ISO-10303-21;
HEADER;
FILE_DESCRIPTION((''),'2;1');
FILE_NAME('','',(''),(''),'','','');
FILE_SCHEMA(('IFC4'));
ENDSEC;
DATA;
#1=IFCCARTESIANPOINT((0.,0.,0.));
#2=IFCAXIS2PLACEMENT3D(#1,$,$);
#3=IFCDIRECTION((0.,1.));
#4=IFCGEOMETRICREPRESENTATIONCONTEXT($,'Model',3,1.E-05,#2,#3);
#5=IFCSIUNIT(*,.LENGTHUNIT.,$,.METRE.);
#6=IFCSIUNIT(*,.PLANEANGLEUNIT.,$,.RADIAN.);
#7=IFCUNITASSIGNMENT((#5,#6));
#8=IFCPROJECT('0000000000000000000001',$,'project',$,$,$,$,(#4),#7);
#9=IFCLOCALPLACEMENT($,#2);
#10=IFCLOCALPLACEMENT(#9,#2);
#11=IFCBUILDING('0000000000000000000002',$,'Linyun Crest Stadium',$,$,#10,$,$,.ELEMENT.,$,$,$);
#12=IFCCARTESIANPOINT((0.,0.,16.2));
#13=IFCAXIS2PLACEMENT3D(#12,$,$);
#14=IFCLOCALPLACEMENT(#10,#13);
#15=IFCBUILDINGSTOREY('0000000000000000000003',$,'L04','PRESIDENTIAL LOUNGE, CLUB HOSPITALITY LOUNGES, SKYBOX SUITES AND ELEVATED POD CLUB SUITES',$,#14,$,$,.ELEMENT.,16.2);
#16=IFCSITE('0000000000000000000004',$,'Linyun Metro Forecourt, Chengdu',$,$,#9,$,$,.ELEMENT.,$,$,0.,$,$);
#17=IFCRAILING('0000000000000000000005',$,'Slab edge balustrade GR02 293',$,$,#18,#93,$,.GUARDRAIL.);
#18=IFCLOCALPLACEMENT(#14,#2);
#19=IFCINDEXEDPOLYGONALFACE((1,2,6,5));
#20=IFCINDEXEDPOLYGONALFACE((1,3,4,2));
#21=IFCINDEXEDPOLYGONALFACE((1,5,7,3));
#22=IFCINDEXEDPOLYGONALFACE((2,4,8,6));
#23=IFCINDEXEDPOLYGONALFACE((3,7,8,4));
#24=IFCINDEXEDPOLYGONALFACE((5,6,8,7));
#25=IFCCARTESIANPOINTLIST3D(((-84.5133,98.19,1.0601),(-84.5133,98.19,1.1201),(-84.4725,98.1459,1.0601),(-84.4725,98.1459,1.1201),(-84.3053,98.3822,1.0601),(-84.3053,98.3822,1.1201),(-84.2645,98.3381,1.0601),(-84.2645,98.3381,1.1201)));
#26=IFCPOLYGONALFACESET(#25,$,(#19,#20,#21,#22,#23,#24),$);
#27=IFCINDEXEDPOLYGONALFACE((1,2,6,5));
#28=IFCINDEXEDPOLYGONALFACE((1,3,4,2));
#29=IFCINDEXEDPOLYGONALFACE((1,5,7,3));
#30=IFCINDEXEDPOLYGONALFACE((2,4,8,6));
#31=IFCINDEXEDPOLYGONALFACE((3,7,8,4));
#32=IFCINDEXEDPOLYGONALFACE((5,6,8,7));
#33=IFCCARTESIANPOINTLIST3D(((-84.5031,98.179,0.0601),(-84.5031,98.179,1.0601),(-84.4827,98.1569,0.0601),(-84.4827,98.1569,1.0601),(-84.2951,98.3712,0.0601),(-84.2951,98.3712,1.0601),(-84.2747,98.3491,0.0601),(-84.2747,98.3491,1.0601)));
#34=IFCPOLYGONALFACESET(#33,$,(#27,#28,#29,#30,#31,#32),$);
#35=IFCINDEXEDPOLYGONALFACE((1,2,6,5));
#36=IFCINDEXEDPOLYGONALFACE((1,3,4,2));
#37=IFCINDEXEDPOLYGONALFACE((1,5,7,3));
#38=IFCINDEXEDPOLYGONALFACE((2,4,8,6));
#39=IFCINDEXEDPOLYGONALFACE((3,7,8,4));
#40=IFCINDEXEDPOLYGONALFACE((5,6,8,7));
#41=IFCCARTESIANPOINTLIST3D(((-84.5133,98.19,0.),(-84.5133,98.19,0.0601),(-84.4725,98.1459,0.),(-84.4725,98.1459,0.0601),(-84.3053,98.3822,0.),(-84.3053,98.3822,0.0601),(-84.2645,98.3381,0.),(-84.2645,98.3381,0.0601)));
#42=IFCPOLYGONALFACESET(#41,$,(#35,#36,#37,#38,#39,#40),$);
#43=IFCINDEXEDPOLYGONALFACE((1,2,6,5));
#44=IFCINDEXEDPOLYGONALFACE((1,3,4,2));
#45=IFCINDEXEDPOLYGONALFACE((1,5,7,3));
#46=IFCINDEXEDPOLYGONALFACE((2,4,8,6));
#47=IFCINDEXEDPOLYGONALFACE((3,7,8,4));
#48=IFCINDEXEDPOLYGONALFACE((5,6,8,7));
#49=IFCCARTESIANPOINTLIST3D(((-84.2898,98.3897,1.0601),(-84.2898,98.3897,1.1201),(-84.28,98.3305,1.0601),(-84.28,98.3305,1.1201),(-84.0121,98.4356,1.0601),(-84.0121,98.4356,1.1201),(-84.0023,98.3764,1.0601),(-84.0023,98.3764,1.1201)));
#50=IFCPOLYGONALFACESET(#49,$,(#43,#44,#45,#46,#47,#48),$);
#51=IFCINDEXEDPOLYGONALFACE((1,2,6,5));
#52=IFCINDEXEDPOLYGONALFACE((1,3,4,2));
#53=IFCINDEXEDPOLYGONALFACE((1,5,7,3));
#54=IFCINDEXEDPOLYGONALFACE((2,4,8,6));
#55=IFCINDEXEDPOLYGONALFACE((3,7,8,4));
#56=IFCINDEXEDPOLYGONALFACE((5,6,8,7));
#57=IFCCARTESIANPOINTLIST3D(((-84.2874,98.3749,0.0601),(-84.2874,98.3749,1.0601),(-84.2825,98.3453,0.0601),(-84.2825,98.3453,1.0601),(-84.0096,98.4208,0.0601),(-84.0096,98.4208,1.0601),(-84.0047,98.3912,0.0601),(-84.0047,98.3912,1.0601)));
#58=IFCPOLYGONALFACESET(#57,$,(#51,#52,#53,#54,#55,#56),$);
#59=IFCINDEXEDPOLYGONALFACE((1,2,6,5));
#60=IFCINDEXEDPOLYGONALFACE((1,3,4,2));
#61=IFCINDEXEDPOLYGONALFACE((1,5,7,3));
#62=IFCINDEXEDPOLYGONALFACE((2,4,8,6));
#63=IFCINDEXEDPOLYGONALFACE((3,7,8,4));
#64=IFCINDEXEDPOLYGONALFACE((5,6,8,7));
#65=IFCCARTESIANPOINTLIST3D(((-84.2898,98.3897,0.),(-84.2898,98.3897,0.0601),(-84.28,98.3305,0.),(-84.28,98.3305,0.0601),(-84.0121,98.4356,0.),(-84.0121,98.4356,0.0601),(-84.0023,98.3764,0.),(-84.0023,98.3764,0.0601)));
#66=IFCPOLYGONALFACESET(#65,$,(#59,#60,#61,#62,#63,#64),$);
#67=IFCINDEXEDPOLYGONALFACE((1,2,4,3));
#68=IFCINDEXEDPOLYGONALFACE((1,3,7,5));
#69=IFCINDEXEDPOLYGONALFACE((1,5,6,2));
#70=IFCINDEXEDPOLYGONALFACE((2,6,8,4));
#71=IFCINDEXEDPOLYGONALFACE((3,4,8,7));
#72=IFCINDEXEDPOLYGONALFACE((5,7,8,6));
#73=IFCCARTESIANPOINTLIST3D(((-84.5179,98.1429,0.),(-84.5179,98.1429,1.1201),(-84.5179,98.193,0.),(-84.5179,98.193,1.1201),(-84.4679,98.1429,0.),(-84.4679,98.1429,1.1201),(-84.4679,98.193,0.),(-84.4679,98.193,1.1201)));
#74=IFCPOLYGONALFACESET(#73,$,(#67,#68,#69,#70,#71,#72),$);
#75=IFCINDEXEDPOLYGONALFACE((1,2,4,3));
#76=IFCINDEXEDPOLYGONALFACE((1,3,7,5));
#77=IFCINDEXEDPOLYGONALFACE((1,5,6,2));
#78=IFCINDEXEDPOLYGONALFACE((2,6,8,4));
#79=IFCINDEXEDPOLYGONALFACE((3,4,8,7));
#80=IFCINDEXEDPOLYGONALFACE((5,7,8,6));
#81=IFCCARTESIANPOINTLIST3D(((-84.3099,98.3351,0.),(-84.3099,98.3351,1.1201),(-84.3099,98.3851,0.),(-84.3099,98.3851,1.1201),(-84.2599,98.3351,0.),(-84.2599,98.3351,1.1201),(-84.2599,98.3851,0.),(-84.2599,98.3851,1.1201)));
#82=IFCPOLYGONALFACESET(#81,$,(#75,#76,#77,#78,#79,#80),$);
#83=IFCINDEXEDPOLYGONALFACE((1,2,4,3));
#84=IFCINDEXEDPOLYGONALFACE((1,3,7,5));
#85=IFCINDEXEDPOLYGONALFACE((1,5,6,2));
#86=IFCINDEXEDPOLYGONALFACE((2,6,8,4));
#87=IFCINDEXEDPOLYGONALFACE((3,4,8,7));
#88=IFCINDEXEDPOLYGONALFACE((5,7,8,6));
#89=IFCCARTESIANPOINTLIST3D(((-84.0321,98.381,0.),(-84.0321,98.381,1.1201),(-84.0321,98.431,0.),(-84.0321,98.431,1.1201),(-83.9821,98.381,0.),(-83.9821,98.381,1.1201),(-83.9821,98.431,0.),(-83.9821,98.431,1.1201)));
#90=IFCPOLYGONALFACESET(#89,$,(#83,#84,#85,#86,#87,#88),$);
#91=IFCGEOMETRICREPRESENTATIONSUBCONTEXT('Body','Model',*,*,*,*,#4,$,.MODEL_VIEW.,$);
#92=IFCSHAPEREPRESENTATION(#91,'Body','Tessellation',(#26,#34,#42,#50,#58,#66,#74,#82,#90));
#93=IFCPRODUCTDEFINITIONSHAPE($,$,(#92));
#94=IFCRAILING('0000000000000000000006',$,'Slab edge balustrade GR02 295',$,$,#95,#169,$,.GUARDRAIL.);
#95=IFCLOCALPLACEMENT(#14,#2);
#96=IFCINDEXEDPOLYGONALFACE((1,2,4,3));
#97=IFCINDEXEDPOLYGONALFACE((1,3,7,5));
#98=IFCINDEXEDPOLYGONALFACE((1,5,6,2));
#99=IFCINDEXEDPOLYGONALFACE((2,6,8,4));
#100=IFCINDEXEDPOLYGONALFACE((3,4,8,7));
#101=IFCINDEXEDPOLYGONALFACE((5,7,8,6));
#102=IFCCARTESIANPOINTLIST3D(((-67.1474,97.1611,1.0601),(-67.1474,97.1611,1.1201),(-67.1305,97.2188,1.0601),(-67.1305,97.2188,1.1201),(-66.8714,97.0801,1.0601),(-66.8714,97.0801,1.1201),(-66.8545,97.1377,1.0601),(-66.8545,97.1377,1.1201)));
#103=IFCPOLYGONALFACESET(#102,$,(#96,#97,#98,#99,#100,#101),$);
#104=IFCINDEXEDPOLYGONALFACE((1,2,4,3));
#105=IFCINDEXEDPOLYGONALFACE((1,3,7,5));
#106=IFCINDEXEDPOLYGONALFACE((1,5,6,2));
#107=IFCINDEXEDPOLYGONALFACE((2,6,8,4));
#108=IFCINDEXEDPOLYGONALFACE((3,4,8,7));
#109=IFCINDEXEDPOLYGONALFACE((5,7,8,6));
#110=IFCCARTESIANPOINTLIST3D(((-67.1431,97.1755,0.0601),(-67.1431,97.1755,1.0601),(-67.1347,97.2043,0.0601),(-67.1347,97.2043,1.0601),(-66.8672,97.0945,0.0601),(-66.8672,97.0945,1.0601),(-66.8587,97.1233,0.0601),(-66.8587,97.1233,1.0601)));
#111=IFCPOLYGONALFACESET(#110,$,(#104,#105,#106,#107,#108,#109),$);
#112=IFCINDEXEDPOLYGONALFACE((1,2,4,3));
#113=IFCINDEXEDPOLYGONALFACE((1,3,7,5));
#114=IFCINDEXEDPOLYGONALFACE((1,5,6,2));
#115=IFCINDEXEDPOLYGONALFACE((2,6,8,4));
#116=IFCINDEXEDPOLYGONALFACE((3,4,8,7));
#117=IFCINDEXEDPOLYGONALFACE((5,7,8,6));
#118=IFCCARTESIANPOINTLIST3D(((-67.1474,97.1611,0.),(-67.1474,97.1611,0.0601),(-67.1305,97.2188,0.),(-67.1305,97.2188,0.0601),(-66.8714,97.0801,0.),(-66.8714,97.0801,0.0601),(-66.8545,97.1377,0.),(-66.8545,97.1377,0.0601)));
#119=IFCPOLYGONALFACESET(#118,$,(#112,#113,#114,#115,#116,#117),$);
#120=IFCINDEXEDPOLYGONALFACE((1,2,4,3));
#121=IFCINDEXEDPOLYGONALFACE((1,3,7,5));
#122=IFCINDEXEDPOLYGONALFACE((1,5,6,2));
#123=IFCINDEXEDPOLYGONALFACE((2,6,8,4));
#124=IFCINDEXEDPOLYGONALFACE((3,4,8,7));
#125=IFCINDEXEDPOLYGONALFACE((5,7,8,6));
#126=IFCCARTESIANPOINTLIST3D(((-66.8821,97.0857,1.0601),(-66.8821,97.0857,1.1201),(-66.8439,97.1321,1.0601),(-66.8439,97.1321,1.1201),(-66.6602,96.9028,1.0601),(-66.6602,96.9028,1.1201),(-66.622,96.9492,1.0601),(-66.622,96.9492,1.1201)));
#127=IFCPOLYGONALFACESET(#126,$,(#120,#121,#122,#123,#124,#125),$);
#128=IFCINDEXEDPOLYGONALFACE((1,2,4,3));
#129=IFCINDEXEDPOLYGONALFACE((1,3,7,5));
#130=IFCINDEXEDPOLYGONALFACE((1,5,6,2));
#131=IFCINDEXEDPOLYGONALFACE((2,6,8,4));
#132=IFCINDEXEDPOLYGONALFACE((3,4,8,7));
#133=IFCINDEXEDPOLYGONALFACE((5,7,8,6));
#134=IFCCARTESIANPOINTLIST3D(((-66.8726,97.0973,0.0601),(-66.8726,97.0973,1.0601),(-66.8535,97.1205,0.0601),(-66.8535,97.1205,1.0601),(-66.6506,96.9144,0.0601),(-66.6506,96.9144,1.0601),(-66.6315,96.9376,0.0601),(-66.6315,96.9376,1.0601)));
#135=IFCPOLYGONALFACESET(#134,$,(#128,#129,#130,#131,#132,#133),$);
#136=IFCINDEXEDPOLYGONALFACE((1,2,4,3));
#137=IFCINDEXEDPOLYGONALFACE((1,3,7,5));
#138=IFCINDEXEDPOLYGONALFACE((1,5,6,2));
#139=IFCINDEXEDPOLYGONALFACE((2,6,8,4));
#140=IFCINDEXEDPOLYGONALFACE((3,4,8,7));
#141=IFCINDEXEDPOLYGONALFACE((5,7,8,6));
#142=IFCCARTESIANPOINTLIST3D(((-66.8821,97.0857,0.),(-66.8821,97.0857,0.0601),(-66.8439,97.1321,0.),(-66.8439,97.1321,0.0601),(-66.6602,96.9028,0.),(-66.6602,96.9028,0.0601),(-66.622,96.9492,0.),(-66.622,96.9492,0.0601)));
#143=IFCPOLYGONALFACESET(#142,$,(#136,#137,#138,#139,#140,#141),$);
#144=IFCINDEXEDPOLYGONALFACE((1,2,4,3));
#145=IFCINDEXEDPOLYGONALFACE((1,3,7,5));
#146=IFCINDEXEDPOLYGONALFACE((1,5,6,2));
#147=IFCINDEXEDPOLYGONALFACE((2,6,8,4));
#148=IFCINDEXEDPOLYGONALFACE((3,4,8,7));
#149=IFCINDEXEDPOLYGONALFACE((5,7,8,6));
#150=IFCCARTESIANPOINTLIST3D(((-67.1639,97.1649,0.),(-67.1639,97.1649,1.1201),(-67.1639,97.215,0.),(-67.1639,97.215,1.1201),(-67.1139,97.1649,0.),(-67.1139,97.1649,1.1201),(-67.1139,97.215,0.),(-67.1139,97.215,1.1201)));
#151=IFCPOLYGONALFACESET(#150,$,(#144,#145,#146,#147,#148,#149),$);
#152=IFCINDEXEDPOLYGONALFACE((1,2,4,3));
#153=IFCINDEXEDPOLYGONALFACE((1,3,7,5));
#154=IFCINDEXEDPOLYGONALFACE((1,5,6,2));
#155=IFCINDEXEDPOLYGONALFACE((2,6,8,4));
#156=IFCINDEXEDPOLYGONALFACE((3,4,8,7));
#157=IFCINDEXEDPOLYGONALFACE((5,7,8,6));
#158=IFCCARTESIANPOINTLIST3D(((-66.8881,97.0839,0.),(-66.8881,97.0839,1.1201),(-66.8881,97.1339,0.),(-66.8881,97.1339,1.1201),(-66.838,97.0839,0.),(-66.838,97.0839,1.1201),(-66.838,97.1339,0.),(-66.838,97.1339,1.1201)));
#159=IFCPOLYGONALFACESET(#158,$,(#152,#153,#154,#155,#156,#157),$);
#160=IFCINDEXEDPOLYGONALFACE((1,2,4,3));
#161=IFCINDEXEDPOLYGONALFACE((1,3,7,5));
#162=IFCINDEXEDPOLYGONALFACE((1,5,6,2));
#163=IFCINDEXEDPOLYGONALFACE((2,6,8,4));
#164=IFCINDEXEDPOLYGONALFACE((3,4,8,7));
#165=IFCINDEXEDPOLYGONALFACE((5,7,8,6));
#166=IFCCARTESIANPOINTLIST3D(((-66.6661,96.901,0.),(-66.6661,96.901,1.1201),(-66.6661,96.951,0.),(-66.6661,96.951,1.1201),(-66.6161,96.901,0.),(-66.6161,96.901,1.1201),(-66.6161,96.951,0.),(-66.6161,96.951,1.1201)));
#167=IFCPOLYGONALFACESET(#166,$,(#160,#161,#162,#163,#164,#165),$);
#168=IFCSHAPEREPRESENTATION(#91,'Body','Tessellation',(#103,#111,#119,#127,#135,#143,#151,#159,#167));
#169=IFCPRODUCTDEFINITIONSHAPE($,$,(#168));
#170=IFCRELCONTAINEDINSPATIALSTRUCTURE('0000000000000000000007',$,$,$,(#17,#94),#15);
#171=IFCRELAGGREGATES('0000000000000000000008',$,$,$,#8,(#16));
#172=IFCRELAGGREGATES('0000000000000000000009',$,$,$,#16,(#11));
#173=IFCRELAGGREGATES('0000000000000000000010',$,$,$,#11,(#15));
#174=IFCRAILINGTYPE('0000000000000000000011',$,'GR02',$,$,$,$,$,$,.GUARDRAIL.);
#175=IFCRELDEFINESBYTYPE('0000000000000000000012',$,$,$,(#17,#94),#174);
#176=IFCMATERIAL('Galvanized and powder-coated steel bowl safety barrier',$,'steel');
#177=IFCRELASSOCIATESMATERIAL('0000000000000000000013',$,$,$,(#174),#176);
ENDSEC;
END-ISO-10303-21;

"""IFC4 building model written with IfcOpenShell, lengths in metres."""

from ifc_helpers import new_model, si_unit, direction, frame, origin, origin_2d, place, context, subcontext, project, spatial, rectangle, extrude, material, type_object, element, save


model = new_model("IFC4")

# Units and contexts
model_context = context("Model", 3, precision=1e-05, world=origin(), true_north=direction((0.0, 1.0)))
body_context = subcontext(model_context, "Body", "Model", "MODEL_VIEW")
ifc_project = project(units=[si_unit("LENGTHUNIT", "METRE"), si_unit("PLANEANGLEUNIT", "RADIAN")], contexts=[model_context])

# Site, building, storey
site_placement = place(None, origin())
site = spatial("IfcSite", under=ifc_project, at=site_placement, Name="Linyun Metro Forecourt, Chengdu", CompositionType="ELEMENT", RefElevation=0.0)
building_placement = place(site_placement, origin())
building = spatial("IfcBuilding", under=site, at=building_placement, Name="Linyun Crest Stadium", CompositionType="ELEMENT")
storey_placement = place(building_placement, frame((0.0, 0.0, 16.2)))
storey = spatial("IfcBuildingStorey", under=building, at=storey_placement, Name="L04", Description="PRESIDENTIAL LOUNGE, CLUB HOSPITALITY LOUNGES, SKYBOX SUITES AND ELEVATED POD CLUB SUITES", CompositionType="ELEMENT", Elevation=16.2)

# Railings
ifc_material_1 = material(Name="Galvanized and powder-coated steel bowl safety barrier", Category="steel")
railing_type_1 = type_object("IfcRailingType", Name="GR02", PredefinedType="GUARDRAIL", material=ifc_material_1)
railing_1_placement = place(storey_placement, frame((-84.4929, 98.168, 0.0)))
element("IfcRailing", 1, at=railing_1_placement, inside=storey, type_object=railing_type_1, Name="Slab edge balustrade GR02 293", PredefinedType="GUARDRAIL", context=body_context, shape_type="SweptSolid", body=[
    extrude(rectangle(XDim=0.0601, YDim=0.0601, at=origin_2d()), frame((0.0, 0.0, 1.0901), z_axis=(0.734572, 0.678531, 0.0), x_axis=(-0.678531, 0.734572, 0.0)), (0.0, 0.0, 1.0), 0.2832),
    extrude(rectangle(XDim=0.03, YDim=1.0, at=origin_2d()), frame((0.0, 0.0, 0.5601), z_axis=(0.734572, 0.678531, 0.0), x_axis=(-0.678531, 0.734572, 0.0)), (0.0, 0.0, 1.0), 0.2832),
    extrude(rectangle(XDim=0.0601, YDim=0.0601, at=origin_2d()), frame((0.0, 0.0, 0.03), z_axis=(0.734572, 0.678531, 0.0), x_axis=(-0.678531, 0.734572, 0.0)), (0.0, 0.0, 1.0), 0.2832),
    extrude(rectangle(XDim=0.0601, YDim=0.0601, at=origin_2d()), frame((0.208, 0.1921, 1.0901), z_axis=(0.986627, 0.162993, 0.0), x_axis=(-0.162993, 0.986627, 0.0)), (0.0, 0.0, 1.0), 0.2815),
    extrude(rectangle(XDim=0.03, YDim=1.0, at=origin_2d()), frame((0.208, 0.1921, 0.5601), z_axis=(0.986627, 0.162993, 0.0), x_axis=(-0.162993, 0.986627, 0.0)), (0.0, 0.0, 1.0), 0.2815),
    extrude(rectangle(XDim=0.0601, YDim=0.0601, at=origin_2d()), frame((0.208, 0.1921, 0.03), z_axis=(0.986627, 0.162993, 0.0), x_axis=(-0.162993, 0.986627, 0.0)), (0.0, 0.0, 1.0), 0.2815),
    extrude(rectangle(XDim=0.05, YDim=0.05, at=origin_2d()), origin(), (0.0, 0.0, 1.0), 1.1201),
    extrude(rectangle(XDim=0.05, YDim=0.05, at=origin_2d()), frame((0.208, 0.1921, 0.0)), (0.0, 0.0, 1.0), 1.1201),
    extrude(rectangle(XDim=0.05, YDim=0.05, at=origin_2d()), frame((0.4858, 0.238, 0.0)), (0.0, 0.0, 1.0), 1.1201),
])
railing_2_placement = place(storey_placement, frame((-67.1389, 97.1899, 0.0)))
element("IfcRailing", 2, at=railing_2_placement, inside=storey, type_object=railing_type_1, Name="Slab edge balustrade GR02 295", PredefinedType="GUARDRAIL", context=body_context, shape_type="SweptSolid", body=[
    extrude(rectangle(XDim=0.0601, YDim=0.0601, at=origin_2d()), frame((0.0, 0.0, 1.0901), z_axis=(0.959447, -0.281891, 0.0), x_axis=(0.281891, 0.959447, 0.0)), (0.0, 0.0, 1.0), 0.2876),
    extrude(rectangle(XDim=0.03, YDim=1.0, at=origin_2d()), frame((0.0, 0.0, 0.5601), z_axis=(0.959447, -0.281891, 0.0), x_axis=(0.281891, 0.959447, 0.0)), (0.0, 0.0, 1.0), 0.2876),
    extrude(rectangle(XDim=0.0601, YDim=0.0601, at=origin_2d()), frame((0.0, 0.0, 0.03), z_axis=(0.959447, -0.281891, 0.0), x_axis=(0.281891, 0.959447, 0.0)), (0.0, 0.0, 1.0), 0.2876),
    extrude(rectangle(XDim=0.0601, YDim=0.0601, at=origin_2d()), frame((0.2759, -0.0811, 1.0901), z_axis=(0.771759, -0.635916, 0.0), x_axis=(0.635916, 0.771759, 0.0)), (0.0, 0.0, 1.0), 0.2876),
    extrude(rectangle(XDim=0.03, YDim=1.0, at=origin_2d()), frame((0.2759, -0.0811, 0.5601), z_axis=(0.771759, -0.635916, 0.0), x_axis=(0.635916, 0.771759, 0.0)), (0.0, 0.0, 1.0), 0.2876),
    extrude(rectangle(XDim=0.0601, YDim=0.0601, at=origin_2d()), frame((0.2759, -0.0811, 0.03), z_axis=(0.771759, -0.635916, 0.0), x_axis=(0.635916, 0.771759, 0.0)), (0.0, 0.0, 1.0), 0.2876),
    extrude(rectangle(XDim=0.05, YDim=0.05, at=origin_2d()), origin(), (0.0, 0.0, 1.0), 1.1201),
    extrude(rectangle(XDim=0.05, YDim=0.05, at=origin_2d()), frame((0.2759, -0.0811, 0.0)), (0.0, 0.0, 1.0), 1.1201),
    extrude(rectangle(XDim=0.05, YDim=0.05, at=origin_2d()), frame((0.4978, -0.2639, 0.0)), (0.0, 0.0, 1.0), 1.1201),
])

save(model, "model.ifc")
